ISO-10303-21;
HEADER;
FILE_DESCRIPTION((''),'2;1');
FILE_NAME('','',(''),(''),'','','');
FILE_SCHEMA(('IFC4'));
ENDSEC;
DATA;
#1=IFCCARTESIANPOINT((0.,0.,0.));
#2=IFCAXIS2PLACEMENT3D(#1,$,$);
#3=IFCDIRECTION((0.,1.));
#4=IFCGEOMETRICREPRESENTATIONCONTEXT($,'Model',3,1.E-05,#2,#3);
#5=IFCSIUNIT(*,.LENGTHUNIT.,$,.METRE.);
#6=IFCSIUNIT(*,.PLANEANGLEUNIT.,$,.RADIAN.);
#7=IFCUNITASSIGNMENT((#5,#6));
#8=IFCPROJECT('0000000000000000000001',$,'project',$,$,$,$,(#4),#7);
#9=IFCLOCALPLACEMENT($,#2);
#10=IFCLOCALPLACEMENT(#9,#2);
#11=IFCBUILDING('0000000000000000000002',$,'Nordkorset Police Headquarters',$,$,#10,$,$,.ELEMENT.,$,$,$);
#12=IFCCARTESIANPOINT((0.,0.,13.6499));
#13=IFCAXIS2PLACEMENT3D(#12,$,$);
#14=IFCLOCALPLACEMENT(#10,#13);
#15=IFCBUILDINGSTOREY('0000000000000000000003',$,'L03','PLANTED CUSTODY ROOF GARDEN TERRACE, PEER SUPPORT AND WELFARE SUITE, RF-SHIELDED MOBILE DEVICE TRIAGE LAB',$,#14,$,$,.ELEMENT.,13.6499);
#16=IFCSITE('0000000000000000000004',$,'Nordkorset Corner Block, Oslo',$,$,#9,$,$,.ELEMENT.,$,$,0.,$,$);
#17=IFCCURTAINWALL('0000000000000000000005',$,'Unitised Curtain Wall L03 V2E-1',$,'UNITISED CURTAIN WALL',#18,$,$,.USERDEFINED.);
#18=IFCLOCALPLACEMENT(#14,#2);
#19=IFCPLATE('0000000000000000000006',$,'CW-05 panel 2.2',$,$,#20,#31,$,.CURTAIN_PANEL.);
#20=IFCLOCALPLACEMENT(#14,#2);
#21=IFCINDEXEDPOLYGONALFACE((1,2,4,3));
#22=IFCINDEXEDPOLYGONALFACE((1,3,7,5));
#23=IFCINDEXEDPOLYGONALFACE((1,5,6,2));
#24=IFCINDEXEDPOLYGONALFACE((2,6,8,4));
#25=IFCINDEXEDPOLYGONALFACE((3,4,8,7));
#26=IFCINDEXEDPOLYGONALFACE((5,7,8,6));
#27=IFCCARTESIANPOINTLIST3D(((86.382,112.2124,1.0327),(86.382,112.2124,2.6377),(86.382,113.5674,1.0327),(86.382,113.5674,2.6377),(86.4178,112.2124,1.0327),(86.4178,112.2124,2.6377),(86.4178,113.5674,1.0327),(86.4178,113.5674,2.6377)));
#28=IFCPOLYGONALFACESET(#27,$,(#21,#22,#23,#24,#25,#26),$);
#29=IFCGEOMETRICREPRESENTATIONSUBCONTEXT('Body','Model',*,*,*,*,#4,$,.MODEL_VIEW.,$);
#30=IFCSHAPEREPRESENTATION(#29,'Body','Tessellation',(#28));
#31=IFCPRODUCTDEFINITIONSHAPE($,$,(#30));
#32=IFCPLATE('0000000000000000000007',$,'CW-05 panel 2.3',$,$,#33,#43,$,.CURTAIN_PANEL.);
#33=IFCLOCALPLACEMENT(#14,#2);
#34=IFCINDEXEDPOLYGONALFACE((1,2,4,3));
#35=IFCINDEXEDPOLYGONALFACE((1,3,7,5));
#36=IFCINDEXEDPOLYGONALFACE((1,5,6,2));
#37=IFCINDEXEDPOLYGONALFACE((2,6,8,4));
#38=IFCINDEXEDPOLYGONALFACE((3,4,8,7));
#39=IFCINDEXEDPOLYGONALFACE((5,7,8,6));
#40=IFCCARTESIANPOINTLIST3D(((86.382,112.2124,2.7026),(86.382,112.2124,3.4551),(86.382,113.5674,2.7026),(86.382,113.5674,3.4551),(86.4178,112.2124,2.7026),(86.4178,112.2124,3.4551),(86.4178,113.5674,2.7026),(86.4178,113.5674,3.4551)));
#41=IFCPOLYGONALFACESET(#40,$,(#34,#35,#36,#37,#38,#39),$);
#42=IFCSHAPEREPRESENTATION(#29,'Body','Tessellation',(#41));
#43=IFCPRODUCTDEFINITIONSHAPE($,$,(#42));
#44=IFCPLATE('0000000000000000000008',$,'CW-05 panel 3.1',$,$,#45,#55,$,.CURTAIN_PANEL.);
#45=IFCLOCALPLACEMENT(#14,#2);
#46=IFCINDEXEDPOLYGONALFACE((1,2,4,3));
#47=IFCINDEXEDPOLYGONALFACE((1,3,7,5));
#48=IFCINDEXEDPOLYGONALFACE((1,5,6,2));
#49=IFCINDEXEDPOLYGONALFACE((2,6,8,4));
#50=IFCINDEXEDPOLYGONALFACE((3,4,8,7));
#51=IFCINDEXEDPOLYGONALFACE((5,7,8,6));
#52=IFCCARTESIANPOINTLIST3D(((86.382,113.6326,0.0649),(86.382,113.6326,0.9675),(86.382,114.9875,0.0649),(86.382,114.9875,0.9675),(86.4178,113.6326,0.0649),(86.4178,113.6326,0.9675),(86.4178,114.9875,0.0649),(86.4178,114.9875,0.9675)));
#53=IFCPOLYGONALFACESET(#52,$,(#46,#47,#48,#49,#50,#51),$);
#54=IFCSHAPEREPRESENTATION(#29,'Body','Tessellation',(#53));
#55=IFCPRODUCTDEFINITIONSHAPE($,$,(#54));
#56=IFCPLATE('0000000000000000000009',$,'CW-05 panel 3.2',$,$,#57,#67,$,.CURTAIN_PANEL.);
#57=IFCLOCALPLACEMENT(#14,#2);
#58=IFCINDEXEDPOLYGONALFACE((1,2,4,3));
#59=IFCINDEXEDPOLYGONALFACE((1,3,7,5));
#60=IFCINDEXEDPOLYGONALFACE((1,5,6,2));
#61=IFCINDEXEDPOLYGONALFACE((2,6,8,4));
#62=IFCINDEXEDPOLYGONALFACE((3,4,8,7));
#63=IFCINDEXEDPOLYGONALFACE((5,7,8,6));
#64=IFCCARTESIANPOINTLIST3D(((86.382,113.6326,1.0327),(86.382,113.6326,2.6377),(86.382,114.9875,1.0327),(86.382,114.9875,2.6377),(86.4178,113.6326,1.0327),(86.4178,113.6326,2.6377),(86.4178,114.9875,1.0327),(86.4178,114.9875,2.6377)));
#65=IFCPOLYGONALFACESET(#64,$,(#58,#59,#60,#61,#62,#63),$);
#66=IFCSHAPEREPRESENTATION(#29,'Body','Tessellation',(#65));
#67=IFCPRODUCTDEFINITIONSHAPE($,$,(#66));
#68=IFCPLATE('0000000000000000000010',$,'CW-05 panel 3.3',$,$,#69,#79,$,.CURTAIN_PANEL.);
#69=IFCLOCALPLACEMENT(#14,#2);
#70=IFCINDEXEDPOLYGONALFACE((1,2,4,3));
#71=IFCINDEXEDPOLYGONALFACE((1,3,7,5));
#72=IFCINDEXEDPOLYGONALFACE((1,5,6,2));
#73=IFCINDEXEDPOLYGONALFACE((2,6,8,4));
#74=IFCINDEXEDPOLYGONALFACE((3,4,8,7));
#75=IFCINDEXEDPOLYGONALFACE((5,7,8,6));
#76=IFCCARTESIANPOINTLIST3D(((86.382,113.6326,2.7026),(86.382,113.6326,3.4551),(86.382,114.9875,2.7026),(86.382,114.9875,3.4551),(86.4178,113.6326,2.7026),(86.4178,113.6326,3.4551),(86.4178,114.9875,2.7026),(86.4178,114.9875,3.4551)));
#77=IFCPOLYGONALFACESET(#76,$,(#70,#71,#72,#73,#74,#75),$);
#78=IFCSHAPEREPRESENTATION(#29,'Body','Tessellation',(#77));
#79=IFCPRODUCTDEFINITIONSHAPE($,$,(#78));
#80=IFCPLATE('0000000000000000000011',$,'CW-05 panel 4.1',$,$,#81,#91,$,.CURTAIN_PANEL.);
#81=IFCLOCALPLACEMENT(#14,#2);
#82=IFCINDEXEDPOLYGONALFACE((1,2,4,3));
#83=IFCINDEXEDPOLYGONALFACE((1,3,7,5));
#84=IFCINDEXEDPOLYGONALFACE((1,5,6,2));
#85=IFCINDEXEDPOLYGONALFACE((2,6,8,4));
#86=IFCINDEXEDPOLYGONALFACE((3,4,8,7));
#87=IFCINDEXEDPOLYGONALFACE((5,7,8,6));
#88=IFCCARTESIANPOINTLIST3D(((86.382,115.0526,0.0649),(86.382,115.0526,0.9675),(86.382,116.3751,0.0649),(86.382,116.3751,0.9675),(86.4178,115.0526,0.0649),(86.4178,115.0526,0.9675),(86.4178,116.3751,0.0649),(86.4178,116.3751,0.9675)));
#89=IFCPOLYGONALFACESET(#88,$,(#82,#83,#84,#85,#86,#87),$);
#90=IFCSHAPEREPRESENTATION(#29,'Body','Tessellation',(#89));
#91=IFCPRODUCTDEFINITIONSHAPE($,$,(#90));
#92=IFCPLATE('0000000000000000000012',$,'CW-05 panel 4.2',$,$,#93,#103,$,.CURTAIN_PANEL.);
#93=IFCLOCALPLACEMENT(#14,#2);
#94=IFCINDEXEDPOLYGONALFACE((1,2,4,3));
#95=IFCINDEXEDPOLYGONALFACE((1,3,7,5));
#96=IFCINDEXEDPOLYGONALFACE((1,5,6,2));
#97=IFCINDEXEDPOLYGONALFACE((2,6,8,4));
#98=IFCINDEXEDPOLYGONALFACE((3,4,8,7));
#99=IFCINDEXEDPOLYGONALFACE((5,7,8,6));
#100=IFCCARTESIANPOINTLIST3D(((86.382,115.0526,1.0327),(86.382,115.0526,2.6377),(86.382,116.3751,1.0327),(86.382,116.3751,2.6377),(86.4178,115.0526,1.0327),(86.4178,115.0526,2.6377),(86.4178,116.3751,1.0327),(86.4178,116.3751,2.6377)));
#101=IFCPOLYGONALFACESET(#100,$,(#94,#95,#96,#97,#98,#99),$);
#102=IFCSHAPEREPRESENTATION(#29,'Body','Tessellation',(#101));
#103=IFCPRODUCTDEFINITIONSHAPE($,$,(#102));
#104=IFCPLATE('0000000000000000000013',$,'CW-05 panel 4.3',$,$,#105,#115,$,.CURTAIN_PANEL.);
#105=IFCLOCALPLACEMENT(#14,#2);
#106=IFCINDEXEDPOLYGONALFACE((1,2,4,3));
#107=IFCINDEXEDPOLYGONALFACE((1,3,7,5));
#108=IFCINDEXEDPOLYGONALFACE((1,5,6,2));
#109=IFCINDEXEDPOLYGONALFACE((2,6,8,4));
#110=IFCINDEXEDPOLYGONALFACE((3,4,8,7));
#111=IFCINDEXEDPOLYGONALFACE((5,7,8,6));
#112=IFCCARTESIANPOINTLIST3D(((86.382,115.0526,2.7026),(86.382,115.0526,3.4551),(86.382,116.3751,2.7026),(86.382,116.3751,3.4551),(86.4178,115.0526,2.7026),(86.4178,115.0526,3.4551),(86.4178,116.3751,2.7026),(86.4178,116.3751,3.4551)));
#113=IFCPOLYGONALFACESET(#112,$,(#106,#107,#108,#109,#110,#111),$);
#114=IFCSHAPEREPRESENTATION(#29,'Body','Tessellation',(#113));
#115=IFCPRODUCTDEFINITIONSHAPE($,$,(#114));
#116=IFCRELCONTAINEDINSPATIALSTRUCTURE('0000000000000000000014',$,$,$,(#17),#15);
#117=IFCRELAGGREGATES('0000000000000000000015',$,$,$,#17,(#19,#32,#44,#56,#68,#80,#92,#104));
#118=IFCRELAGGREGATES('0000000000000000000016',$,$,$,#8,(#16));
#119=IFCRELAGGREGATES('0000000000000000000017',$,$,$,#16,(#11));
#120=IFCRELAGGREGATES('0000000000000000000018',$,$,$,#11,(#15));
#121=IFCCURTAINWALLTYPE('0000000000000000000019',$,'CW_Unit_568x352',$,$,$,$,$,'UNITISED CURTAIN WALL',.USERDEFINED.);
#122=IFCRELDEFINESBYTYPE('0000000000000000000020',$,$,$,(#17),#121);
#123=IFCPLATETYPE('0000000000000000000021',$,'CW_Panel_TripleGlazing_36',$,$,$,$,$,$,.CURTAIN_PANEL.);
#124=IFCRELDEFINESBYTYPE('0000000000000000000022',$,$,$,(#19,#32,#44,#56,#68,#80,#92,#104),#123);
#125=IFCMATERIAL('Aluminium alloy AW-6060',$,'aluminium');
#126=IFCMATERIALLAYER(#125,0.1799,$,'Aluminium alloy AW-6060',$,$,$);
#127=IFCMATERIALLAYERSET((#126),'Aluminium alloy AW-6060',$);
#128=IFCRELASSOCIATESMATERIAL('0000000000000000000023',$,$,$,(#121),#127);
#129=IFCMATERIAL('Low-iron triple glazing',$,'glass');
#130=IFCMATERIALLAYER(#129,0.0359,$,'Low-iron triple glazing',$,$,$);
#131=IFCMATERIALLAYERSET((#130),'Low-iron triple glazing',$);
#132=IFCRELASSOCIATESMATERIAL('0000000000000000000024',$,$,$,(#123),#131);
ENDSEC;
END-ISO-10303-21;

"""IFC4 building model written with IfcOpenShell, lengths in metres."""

from ifc_helpers import new_model, si_unit, direction, frame, origin, origin_2d, place, context, subcontext, project, spatial, rectangle, extrude, material, layer, layer_set, type_object, element, aggregate, save


model = new_model("IFC4")

# Units and contexts
model_context = context("Model", 3, precision=1e-05, world=origin(), true_north=direction((0.0, 1.0)))
body_context = subcontext(model_context, "Body", "Model", "MODEL_VIEW")
ifc_project = project(units=[si_unit("LENGTHUNIT", "METRE"), si_unit("PLANEANGLEUNIT", "RADIAN")], contexts=[model_context])

# Site, building, storey
site_placement = place(None, origin())
site = spatial("IfcSite", under=ifc_project, at=site_placement, Name="Nordkorset Corner Block, Oslo", CompositionType="ELEMENT", RefElevation=0.0)
building_placement = place(site_placement, origin())
building = spatial("IfcBuilding", under=site, at=building_placement, Name="Nordkorset Police Headquarters", CompositionType="ELEMENT")
storey_placement = place(building_placement, frame((0.0, 0.0, 13.6499)))
storey = spatial("IfcBuildingStorey", under=building, at=storey_placement, Name="L03", Description="PLANTED CUSTODY ROOF GARDEN TERRACE, PEER SUPPORT AND WELFARE SUITE, RF-SHIELDED MOBILE DEVICE TRIAGE LAB", CompositionType="ELEMENT", Elevation=13.6499)

# Curtain wall, plates
ifc_material_1 = material(Name="Aluminium alloy AW-6060", Category="aluminium")
ifc_layer_1 = layer(ifc_material_1, 0.1799, Name="Aluminium alloy AW-6060")
ifc_layer_set_1 = layer_set([ifc_layer_1], Name="Aluminium alloy AW-6060")
curtain_wall_type = type_object("IfcCurtainWallType", Name="CW_Unit_568x352", ElementType="UNITISED CURTAIN WALL", PredefinedType="USERDEFINED", material=ifc_layer_set_1)
curtain_wall_placement = place(storey_placement, origin())
curtain_wall = element("IfcCurtainWall", 1, at=curtain_wall_placement, inside=storey, type_object=curtain_wall_type, Name="Unitised Curtain Wall L03 V2E-1", ObjectType="UNITISED CURTAIN WALL", PredefinedType="USERDEFINED")
ifc_material_2 = material(Name="Low-iron triple glazing", Category="glass")
ifc_layer_2 = layer(ifc_material_2, 0.0359, Name="Low-iron triple glazing")
ifc_layer_set_2 = layer_set([ifc_layer_2], Name="Low-iron triple glazing")
plate_type = type_object("IfcPlateType", Name="CW_Panel_TripleGlazing_36", PredefinedType="CURTAIN_PANEL", material=ifc_layer_set_2)
plate_1_placement = place(storey_placement, frame((86.3999, 112.8899, 1.0327), z_axis=(0.0, 0.0, 1.0), x_axis=(0.0, 1.0, 0.0)))
plate_1 = element("IfcPlate", 2, at=plate_1_placement, type_object=plate_type, Name="CW-05 panel 2.2", PredefinedType="CURTAIN_PANEL", context=body_context, shape_type="SweptSolid", body=[
    extrude(rectangle(XDim=1.355, YDim=0.0359, at=origin_2d()), origin(), (0.0, 0.0, 1.0), 1.605),
])
plate_2_placement = place(storey_placement, frame((86.3999, 112.8899, 2.7026), z_axis=(0.0, 0.0, 1.0), x_axis=(0.0, 1.0, 0.0)))
plate_2 = element("IfcPlate", 3, at=plate_2_placement, type_object=plate_type, Name="CW-05 panel 2.3", PredefinedType="CURTAIN_PANEL", context=body_context, shape_type="SweptSolid", body=[
    extrude(rectangle(XDim=1.355, YDim=0.0359, at=origin_2d()), origin(), (0.0, 0.0, 1.0), 0.7524),
])
plate_3_placement = place(storey_placement, frame((86.3999, 114.3101, 0.0649), z_axis=(0.0, 0.0, 1.0), x_axis=(0.0, 1.0, 0.0)))
plate_3 = element("IfcPlate", 4, at=plate_3_placement, type_object=plate_type, Name="CW-05 panel 3.1", PredefinedType="CURTAIN_PANEL", context=body_context, shape_type="SweptSolid", body=[
    extrude(rectangle(XDim=1.355, YDim=0.0359, at=origin_2d()), origin(), (0.0, 0.0, 1.0), 0.9026),
])
plate_4_placement = place(storey_placement, frame((86.3999, 114.3101, 1.0327), z_axis=(0.0, 0.0, 1.0), x_axis=(0.0, 1.0, 0.0)))
plate_4 = element("IfcPlate", 5, at=plate_4_placement, type_object=plate_type, Name="CW-05 panel 3.2", PredefinedType="CURTAIN_PANEL", context=body_context, shape_type="SweptSolid", body=[
    extrude(rectangle(XDim=1.355, YDim=0.0359, at=origin_2d()), origin(), (0.0, 0.0, 1.0), 1.605),
])
plate_5_placement = place(storey_placement, frame((86.3999, 114.3101, 2.7026), z_axis=(0.0, 0.0, 1.0), x_axis=(0.0, 1.0, 0.0)))
plate_5 = element("IfcPlate", 6, at=plate_5_placement, type_object=plate_type, Name="CW-05 panel 3.3", PredefinedType="CURTAIN_PANEL", context=body_context, shape_type="SweptSolid", body=[
    extrude(rectangle(XDim=1.355, YDim=0.0359, at=origin_2d()), origin(), (0.0, 0.0, 1.0), 0.7524),
])
plate_6_placement = place(storey_placement, frame((86.3999, 115.7139, 0.0649), z_axis=(0.0, 0.0, 1.0), x_axis=(0.0, 1.0, 0.0)))
plate_6 = element("IfcPlate", 7, at=plate_6_placement, type_object=plate_type, Name="CW-05 panel 4.1", PredefinedType="CURTAIN_PANEL", context=body_context, shape_type="SweptSolid", body=[
    extrude(rectangle(XDim=1.3225, YDim=0.0359, at=origin_2d()), origin(), (0.0, 0.0, 1.0), 0.9026),
])
plate_7_placement = place(storey_placement, frame((86.3999, 115.7139, 1.0327), z_axis=(0.0, 0.0, 1.0), x_axis=(0.0, 1.0, 0.0)))
plate_7 = element("IfcPlate", 8, at=plate_7_placement, type_object=plate_type, Name="CW-05 panel 4.2", PredefinedType="CURTAIN_PANEL", context=body_context, shape_type="SweptSolid", body=[
    extrude(rectangle(XDim=1.3225, YDim=0.0359, at=origin_2d()), origin(), (0.0, 0.0, 1.0), 1.605),
])
plate_8_placement = place(storey_placement, frame((86.3999, 115.7139, 2.7026), z_axis=(0.0, 0.0, 1.0), x_axis=(0.0, 1.0, 0.0)))
plate_8 = element("IfcPlate", 9, at=plate_8_placement, type_object=plate_type, Name="CW-05 panel 4.3", PredefinedType="CURTAIN_PANEL", context=body_context, shape_type="SweptSolid", body=[
    extrude(rectangle(XDim=1.3225, YDim=0.0359, at=origin_2d()), origin(), (0.0, 0.0, 1.0), 0.7524),
])
aggregate(curtain_wall, [plate_1, plate_2, plate_3, plate_4, plate_5, plate_6, plate_7, plate_8])

save(model, "model.ifc")
